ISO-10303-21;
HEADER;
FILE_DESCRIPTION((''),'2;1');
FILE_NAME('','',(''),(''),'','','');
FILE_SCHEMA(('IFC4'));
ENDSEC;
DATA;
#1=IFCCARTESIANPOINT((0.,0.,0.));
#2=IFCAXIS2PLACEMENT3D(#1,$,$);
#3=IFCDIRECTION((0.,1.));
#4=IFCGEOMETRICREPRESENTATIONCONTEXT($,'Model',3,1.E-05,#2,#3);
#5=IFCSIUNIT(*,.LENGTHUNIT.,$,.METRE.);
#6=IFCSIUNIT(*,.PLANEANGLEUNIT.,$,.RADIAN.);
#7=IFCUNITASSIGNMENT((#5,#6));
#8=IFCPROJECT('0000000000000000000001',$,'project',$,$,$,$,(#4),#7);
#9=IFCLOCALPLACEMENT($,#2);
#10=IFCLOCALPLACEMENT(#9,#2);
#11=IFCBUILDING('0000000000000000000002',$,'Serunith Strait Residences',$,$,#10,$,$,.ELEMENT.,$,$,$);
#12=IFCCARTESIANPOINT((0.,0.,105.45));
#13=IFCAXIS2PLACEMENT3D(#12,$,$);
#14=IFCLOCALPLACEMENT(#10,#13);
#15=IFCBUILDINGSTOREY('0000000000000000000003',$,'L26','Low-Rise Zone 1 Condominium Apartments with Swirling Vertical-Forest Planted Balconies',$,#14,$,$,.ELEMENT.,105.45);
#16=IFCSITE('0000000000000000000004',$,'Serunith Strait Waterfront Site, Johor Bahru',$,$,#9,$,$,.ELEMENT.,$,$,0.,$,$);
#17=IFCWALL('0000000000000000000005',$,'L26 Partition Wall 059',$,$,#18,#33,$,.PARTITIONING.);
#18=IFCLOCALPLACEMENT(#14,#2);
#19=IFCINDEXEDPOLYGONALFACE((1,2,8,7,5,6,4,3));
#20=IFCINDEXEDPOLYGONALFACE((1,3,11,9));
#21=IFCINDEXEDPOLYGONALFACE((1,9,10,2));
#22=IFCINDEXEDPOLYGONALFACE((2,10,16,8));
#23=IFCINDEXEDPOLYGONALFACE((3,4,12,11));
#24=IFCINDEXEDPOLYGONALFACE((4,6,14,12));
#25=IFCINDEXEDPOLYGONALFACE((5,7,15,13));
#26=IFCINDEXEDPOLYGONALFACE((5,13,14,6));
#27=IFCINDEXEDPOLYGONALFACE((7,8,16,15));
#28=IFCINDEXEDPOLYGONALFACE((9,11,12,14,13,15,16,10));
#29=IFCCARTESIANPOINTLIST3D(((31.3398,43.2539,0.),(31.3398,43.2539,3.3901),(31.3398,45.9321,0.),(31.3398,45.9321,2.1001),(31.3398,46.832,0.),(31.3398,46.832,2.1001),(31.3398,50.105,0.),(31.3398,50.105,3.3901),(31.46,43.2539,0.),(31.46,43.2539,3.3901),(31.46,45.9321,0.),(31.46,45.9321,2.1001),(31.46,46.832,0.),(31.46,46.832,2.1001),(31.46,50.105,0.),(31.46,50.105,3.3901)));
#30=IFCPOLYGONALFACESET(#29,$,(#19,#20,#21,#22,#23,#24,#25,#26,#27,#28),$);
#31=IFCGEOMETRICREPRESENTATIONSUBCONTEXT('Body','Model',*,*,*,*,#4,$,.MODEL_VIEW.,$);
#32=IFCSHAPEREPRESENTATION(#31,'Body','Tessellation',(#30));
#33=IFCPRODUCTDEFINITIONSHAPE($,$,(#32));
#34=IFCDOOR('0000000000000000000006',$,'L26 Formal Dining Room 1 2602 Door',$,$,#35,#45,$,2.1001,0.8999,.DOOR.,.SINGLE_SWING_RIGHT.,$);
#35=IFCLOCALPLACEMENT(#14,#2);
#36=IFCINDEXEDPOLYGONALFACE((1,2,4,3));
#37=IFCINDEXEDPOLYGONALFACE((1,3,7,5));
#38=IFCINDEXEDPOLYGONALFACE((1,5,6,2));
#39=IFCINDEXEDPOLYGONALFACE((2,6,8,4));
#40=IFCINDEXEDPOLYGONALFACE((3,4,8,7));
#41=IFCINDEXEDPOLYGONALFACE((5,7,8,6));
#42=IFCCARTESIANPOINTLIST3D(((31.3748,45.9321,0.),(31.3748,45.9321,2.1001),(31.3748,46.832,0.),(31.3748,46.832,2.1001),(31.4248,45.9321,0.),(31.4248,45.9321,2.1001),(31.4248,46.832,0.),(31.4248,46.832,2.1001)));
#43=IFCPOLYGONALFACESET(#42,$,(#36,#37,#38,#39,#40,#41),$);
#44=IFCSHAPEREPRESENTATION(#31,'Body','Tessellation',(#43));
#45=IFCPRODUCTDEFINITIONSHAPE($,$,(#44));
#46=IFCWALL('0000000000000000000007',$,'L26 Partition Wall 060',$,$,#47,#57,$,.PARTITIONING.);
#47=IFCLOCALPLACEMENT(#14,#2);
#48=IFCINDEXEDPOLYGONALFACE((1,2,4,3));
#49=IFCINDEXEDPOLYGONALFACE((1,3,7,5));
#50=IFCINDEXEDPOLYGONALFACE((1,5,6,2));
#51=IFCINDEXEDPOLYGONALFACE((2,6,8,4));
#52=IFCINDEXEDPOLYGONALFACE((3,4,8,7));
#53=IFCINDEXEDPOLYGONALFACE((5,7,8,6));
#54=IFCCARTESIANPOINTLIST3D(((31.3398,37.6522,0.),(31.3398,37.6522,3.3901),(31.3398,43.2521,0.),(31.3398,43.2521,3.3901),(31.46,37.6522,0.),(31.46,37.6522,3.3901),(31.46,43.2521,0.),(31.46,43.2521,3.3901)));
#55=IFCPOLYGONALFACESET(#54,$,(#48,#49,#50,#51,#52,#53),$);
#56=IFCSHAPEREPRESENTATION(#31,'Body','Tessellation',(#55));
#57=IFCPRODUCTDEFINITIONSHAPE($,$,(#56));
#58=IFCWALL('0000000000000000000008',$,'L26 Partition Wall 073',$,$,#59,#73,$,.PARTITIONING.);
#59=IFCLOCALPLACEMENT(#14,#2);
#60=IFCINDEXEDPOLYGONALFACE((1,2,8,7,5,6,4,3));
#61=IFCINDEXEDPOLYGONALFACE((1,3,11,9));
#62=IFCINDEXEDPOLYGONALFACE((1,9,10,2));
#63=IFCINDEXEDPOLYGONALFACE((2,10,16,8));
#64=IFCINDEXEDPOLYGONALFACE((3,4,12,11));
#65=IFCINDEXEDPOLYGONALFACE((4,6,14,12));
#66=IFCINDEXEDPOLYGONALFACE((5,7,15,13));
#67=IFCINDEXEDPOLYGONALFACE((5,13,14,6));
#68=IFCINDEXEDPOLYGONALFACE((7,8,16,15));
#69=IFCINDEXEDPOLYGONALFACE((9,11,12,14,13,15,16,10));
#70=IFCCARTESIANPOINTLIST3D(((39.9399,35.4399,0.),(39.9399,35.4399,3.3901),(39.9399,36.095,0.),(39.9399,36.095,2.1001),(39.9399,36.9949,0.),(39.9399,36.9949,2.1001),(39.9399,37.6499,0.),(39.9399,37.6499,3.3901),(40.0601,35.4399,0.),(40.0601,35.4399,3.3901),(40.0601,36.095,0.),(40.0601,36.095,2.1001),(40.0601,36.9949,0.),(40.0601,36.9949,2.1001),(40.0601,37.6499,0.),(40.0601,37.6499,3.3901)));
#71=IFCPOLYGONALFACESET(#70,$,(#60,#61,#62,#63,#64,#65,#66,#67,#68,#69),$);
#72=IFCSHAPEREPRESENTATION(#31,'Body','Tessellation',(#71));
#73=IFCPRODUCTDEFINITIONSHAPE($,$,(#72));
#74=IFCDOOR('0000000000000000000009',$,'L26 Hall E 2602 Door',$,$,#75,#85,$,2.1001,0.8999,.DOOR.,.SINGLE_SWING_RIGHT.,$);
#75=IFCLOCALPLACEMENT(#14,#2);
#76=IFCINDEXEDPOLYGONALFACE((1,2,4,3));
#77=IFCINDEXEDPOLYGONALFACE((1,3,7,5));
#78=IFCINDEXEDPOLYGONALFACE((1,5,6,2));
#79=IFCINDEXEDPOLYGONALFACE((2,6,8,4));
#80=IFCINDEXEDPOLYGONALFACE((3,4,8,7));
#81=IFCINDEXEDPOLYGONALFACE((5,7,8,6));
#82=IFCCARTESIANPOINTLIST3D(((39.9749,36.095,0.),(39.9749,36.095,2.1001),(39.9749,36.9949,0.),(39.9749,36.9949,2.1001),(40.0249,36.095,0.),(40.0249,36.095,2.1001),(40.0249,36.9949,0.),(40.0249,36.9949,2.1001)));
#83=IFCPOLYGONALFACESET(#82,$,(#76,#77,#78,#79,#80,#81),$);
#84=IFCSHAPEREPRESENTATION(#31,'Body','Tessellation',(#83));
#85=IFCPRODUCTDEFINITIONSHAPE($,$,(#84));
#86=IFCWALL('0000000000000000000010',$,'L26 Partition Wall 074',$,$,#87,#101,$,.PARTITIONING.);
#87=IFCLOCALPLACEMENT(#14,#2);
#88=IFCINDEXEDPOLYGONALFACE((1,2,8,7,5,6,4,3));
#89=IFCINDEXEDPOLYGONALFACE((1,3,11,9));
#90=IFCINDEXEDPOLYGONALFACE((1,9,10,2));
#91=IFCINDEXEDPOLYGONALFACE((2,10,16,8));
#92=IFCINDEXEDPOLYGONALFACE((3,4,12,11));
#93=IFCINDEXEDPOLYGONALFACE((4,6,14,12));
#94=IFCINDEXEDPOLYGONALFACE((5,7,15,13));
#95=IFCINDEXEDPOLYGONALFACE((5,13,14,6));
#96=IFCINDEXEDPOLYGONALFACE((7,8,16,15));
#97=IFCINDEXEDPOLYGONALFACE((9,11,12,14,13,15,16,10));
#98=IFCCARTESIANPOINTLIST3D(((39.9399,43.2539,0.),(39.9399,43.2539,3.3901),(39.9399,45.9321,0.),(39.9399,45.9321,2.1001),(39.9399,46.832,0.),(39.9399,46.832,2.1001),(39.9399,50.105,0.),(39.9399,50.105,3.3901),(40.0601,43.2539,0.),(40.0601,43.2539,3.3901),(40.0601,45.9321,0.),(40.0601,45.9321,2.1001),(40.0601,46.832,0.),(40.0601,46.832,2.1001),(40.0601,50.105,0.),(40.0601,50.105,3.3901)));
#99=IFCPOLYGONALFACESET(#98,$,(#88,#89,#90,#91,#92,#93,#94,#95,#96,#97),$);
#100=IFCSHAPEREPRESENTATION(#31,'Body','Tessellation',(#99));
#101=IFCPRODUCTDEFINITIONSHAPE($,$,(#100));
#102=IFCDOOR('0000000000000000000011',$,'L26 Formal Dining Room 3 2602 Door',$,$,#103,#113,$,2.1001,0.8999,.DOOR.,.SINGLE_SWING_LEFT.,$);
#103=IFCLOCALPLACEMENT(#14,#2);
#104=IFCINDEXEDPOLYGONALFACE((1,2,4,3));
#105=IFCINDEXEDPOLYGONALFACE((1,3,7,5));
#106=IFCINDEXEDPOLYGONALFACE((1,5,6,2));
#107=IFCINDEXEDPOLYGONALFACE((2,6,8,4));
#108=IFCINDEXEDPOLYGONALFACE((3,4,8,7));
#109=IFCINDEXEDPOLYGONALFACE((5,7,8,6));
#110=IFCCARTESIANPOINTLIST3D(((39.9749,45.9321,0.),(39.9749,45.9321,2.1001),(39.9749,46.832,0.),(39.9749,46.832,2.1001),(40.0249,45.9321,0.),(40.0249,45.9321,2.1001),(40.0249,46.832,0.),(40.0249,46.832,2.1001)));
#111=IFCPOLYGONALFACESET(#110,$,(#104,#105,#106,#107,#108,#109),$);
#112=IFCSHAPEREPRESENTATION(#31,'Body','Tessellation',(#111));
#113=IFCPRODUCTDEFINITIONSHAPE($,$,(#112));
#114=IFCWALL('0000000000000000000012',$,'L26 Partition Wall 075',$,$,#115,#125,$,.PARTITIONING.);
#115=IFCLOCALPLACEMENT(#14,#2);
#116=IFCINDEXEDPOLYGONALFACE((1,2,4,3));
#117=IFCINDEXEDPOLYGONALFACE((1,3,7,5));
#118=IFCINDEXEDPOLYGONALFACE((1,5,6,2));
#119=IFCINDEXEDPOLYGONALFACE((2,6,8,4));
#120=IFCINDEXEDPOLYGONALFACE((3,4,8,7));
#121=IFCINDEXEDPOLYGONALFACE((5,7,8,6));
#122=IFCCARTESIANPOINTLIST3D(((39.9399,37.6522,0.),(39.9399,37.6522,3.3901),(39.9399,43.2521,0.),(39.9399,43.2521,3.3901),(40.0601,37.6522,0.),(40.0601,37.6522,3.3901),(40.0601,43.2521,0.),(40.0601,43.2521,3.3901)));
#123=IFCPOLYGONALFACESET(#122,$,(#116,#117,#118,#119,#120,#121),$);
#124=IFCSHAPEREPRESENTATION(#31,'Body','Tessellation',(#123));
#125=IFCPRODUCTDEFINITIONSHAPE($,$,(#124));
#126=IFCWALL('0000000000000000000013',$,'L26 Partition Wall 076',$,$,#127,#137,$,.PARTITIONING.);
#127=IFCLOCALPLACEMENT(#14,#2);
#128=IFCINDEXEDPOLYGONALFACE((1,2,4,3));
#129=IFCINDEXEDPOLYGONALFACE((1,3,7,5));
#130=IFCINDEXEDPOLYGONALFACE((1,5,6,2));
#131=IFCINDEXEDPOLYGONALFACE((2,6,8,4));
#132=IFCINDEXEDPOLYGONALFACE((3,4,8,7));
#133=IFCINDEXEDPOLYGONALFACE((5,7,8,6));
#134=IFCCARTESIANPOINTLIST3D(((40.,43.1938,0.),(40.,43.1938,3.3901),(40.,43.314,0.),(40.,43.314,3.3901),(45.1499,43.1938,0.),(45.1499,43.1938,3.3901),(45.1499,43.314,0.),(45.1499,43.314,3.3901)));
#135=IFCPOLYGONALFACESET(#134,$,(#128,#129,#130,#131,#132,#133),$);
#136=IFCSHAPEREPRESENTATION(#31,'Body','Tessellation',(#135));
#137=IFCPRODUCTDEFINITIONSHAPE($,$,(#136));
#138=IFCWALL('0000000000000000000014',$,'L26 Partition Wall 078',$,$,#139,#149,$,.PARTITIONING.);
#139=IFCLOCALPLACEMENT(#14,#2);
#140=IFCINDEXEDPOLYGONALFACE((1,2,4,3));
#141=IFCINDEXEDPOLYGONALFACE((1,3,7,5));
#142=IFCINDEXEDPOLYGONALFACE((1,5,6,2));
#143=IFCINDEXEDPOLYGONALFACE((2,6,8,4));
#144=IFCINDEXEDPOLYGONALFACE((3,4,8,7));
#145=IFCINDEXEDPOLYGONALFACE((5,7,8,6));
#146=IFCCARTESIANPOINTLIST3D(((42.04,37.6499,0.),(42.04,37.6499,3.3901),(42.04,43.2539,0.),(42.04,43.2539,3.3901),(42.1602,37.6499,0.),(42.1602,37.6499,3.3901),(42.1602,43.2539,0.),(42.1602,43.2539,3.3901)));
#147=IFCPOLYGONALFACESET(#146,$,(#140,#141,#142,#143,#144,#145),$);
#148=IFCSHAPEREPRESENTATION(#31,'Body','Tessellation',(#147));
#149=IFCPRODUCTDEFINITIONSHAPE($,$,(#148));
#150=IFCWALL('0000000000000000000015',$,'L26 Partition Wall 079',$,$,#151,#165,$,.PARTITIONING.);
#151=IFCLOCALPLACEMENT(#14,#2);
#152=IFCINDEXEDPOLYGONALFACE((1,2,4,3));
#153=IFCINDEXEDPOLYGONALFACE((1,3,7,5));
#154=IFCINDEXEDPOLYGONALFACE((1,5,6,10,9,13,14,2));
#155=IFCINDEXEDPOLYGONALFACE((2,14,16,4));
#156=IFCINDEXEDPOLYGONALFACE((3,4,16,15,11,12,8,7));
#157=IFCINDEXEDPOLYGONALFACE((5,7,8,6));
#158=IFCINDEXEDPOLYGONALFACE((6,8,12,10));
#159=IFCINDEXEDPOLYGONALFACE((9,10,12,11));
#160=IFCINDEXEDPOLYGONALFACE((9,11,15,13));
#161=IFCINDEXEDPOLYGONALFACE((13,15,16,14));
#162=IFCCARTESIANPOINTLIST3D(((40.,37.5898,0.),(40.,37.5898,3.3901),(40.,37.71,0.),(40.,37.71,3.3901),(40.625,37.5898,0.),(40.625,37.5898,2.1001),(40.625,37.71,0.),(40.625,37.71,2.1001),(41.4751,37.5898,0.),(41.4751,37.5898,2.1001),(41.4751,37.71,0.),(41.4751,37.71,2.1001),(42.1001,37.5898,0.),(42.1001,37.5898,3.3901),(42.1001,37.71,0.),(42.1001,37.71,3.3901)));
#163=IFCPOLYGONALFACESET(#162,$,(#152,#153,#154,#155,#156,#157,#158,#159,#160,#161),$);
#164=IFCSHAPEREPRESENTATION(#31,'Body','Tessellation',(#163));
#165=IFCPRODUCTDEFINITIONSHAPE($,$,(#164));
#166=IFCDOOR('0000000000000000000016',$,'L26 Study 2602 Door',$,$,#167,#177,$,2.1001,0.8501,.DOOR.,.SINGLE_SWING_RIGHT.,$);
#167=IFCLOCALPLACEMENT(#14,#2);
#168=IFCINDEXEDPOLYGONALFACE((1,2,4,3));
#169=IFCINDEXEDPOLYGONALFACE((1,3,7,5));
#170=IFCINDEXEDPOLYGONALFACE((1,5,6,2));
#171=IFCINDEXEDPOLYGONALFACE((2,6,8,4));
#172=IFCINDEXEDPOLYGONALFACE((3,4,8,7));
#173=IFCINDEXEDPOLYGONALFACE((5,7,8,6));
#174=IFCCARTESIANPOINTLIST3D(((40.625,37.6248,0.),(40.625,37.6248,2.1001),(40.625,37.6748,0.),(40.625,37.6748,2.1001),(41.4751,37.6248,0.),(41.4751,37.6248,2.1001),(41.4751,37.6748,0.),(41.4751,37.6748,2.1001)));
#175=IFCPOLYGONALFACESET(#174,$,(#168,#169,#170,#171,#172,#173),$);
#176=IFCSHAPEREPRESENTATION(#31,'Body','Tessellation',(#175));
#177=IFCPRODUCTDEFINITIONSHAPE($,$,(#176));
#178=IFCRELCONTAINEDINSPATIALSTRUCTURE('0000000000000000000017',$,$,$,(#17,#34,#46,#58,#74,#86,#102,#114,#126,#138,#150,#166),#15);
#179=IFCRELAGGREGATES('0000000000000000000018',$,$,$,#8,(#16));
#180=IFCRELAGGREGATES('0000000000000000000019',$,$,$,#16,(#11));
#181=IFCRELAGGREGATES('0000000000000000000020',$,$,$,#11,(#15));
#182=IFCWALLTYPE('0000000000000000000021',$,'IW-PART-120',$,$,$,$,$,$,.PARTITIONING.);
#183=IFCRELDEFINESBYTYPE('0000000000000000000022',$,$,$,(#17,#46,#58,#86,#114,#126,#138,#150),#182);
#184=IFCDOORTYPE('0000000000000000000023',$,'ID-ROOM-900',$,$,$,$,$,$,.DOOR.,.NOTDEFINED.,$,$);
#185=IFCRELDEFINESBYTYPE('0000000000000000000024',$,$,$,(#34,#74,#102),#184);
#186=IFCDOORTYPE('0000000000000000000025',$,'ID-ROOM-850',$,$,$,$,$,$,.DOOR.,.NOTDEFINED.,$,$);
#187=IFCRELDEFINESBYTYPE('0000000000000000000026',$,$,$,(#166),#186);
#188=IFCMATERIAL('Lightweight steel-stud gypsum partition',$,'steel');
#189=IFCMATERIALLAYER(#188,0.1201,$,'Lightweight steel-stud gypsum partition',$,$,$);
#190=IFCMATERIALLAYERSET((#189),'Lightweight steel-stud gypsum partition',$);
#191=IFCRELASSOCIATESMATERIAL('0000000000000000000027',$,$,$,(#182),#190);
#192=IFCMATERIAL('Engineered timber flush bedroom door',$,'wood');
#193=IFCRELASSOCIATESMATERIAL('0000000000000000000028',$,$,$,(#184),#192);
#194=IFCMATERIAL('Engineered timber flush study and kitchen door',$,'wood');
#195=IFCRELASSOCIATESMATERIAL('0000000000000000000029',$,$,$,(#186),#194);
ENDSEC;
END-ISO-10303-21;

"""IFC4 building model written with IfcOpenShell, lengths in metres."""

from ifc_helpers import new_model, si_unit, direction, frame, frame_2d, origin, place, context, subcontext, project, spatial, rectangle, extrude, source, transform, mapped, material, layer, layer_set, type_object, element, fill, save


model = new_model("IFC4")

# Units and contexts
model_context = context("Model", 3, precision=1e-05, world=origin(), true_north=direction((0.0, 1.0)))
body_context = subcontext(model_context, "Body", "Model", "MODEL_VIEW")
ifc_project = project(units=[si_unit("LENGTHUNIT", "METRE"), si_unit("PLANEANGLEUNIT", "RADIAN")], contexts=[model_context])

# Site, building, storey
site_placement = place(None, origin())
site = spatial("IfcSite", under=ifc_project, at=site_placement, Name="Serunith Strait Waterfront Site, Johor Bahru", CompositionType="ELEMENT", RefElevation=0.0)
building_placement = place(site_placement, origin())
building = spatial("IfcBuilding", under=site, at=building_placement, Name="Serunith Strait Residences", CompositionType="ELEMENT")
storey_placement = place(building_placement, frame((0.0, 0.0, 105.45)))
storey = spatial("IfcBuildingStorey", under=building, at=storey_placement, Name="L26", Description="Low-Rise Zone 1 Condominium Apartments with Swirling Vertical-Forest Planted Balconies", CompositionType="ELEMENT", Elevation=105.45)

# Shared definitions
ifc_material_1 = material(Name="Lightweight steel-stud gypsum partition", Category="steel")
ifc_layer_1 = layer(ifc_material_1, 0.1201, Name="Lightweight steel-stud gypsum partition")
ifc_layer_set_1 = layer_set([ifc_layer_1], Name="Lightweight steel-stud gypsum partition")
wall_type_1 = type_object("IfcWallType", Name="IW-PART-120", PredefinedType="PARTITIONING", material=ifc_layer_set_1)

# Wall, opening, door
wall_1_placement = place(storey_placement, frame((31.3999, 50.105, 0.0), z_axis=(0.0, 0.0, 1.0), x_axis=(0.0, -1.0, 0.0)))
wall_1 = element("IfcWall", 1, at=wall_1_placement, inside=storey, type_object=wall_type_1, Name="L26 Partition Wall 059", PredefinedType="PARTITIONING", context=body_context, shape_type="SweptSolid", body=[
    extrude(rectangle(XDim=6.8511, YDim=0.1201, at=frame_2d((3.4255, 0.0))), origin(), (0.0, 0.0, 1.0), 3.3901),
])
opening_1_placement = place(wall_1_placement, frame((3.2729, 0.0, 0.0)))
opening_1 = element("IfcOpeningElement", 2, at=opening_1_placement, cuts=wall_1, PredefinedType="OPENING", context=body_context, shape_type="SweptSolid", body=[
    extrude(rectangle(XDim=0.8999, YDim=2.1001, at=frame_2d((0.45, 1.05))), frame((0.0, 0.0701, 0.0), z_axis=(0.0, -1.0, 0.0), x_axis=(1.0, 0.0, 0.0)), (0.0, 0.0, 1.0), 0.1401),
])
ifc_material_2 = material(Name="Engineered timber flush bedroom door", Category="wood")
door_type_1 = type_object("IfcDoorType", Name="ID-ROOM-900", OperationType="NOTDEFINED", PredefinedType="DOOR", material=ifc_material_2)
shared_shape_1 = source(origin(), body_context, "Body", "SweptSolid", [
    extrude(rectangle(XDim=0.8999, YDim=2.1001, at=frame_2d((0.45, 1.05))), frame((0.0, 0.0249, 0.0), z_axis=(0.0, -1.0, 0.0), x_axis=(1.0, 0.0, 0.0)), (0.0, 0.0, 1.0), 0.05),
])
door_1_placement = place(opening_1_placement, origin())
door_1 = element("IfcDoor", 3, at=door_1_placement, inside=storey, type_object=door_type_1, Name="L26 Formal Dining Room 1 2602 Door", OperationType="SINGLE_SWING_RIGHT", OverallHeight=2.1001, OverallWidth=0.8999, PredefinedType="DOOR", context=body_context, shape_type="MappedRepresentation", body=[
    mapped(shared_shape_1, transform((0.0, 0.0, 0.0), scale=1.0)),
])
fill(opening_1, door_1)

# Wall
wall_2_placement = place(storey_placement, frame((31.3999, 43.252, 0.0), z_axis=(0.0, 0.0, 1.0), x_axis=(0.0, -1.0, 0.0)))
element("IfcWall", 4, at=wall_2_placement, inside=storey, type_object=wall_type_1, Name="L26 Partition Wall 060", PredefinedType="PARTITIONING", context=body_context, shape_type="SweptSolid", body=[
    extrude(rectangle(XDim=5.5999, YDim=0.1201, at=frame_2d((2.7998, 0.0))), origin(), (0.0, 0.0, 1.0), 3.3901),
])

# Walls, openings, doors
wall_3_placement = place(storey_placement, frame((40.0, 37.6499, 0.0), z_axis=(0.0, 0.0, 1.0), x_axis=(0.0, -1.0, 0.0)))
wall_3 = element("IfcWall", 5, at=wall_3_placement, inside=storey, type_object=wall_type_1, Name="L26 Partition Wall 073", PredefinedType="PARTITIONING", context=body_context, shape_type="SweptSolid", body=[
    extrude(rectangle(XDim=2.21, YDim=0.1201, at=frame_2d((1.105, 0.0))), origin(), (0.0, 0.0, 1.0), 3.3901),
])
opening_2_placement = place(wall_3_placement, frame((0.655, 0.0, 0.0)))
opening_2 = element("IfcOpeningElement", 6, at=opening_2_placement, cuts=wall_3, PredefinedType="OPENING", context=body_context, shape_type="SweptSolid", body=[
    extrude(rectangle(XDim=0.8999, YDim=2.1001, at=frame_2d((0.45, 1.05))), frame((0.0, 0.0701, 0.0), z_axis=(0.0, -1.0, 0.0), x_axis=(1.0, 0.0, 0.0)), (0.0, 0.0, 1.0), 0.1401),
])
door_2_placement = place(opening_2_placement, origin())
door_2 = element("IfcDoor", 7, at=door_2_placement, inside=storey, type_object=door_type_1, Name="L26 Hall E 2602 Door", OperationType="SINGLE_SWING_RIGHT", OverallHeight=2.1001, OverallWidth=0.8999, PredefinedType="DOOR", context=body_context, shape_type="MappedRepresentation", body=[
    mapped(shared_shape_1, transform((0.0, 0.0, 0.0), scale=1.0)),
])
fill(opening_2, door_2)
wall_4_placement = place(storey_placement, frame((40.0, 50.105, 0.0), z_axis=(0.0, 0.0, 1.0), x_axis=(0.0, -1.0, 0.0)))
wall_4 = element("IfcWall", 8, at=wall_4_placement, inside=storey, type_object=wall_type_1, Name="L26 Partition Wall 074", PredefinedType="PARTITIONING", context=body_context, shape_type="SweptSolid", body=[
    extrude(rectangle(XDim=6.8511, YDim=0.1201, at=frame_2d((3.4255, 0.0))), origin(), (0.0, 0.0, 1.0), 3.3901),
])
opening_3_placement = place(wall_4_placement, frame((3.2729, 0.0, 0.0)))
opening_3 = element("IfcOpeningElement", 9, at=opening_3_placement, cuts=wall_4, PredefinedType="OPENING", context=body_context, shape_type="SweptSolid", body=[
    extrude(rectangle(XDim=0.8999, YDim=2.1001, at=frame_2d((0.45, 1.05))), frame((0.0, 0.0701, 0.0), z_axis=(0.0, -1.0, 0.0), x_axis=(1.0, 0.0, 0.0)), (0.0, 0.0, 1.0), 0.1401),
])
door_3_placement = place(opening_3_placement, origin())
door_3 = element("IfcDoor", 10, at=door_3_placement, inside=storey, type_object=door_type_1, Name="L26 Formal Dining Room 3 2602 Door", OperationType="SINGLE_SWING_LEFT", OverallHeight=2.1001, OverallWidth=0.8999, PredefinedType="DOOR", context=body_context, shape_type="MappedRepresentation", body=[
    mapped(shared_shape_1, transform((0.0, 0.0, 0.0), scale=1.0)),
])
fill(opening_3, door_3)

# Walls
wall_5_placement = place(storey_placement, frame((40.0, 43.252, 0.0), z_axis=(0.0, 0.0, 1.0), x_axis=(0.0, -1.0, 0.0)))
element("IfcWall", 11, at=wall_5_placement, inside=storey, type_object=wall_type_1, Name="L26 Partition Wall 075", PredefinedType="PARTITIONING", context=body_context, shape_type="SweptSolid", body=[
    extrude(rectangle(XDim=5.5999, YDim=0.1201, at=frame_2d((2.7998, 0.0))), origin(), (0.0, 0.0, 1.0), 3.3901),
])
wall_6_placement = place(storey_placement, frame((40.0, 43.2539, 0.0), z_axis=(0.0, 0.0, 1.0), x_axis=(1.0, 0.0, 0.0)))
element("IfcWall", 12, at=wall_6_placement, inside=storey, type_object=wall_type_1, Name="L26 Partition Wall 076", PredefinedType="PARTITIONING", context=body_context, shape_type="SweptSolid", body=[
    extrude(rectangle(XDim=5.1499, YDim=0.1201, at=frame_2d((2.575, 0.0))), origin(), (0.0, 0.0, 1.0), 3.3901),
])
wall_7_placement = place(storey_placement, frame((42.1001, 43.2539, 0.0), z_axis=(0.0, 0.0, 1.0), x_axis=(0.0, -1.0, 0.0)))
element("IfcWall", 13, at=wall_7_placement, inside=storey, type_object=wall_type_1, Name="L26 Partition Wall 078", PredefinedType="PARTITIONING", context=body_context, shape_type="SweptSolid", body=[
    extrude(rectangle(XDim=5.604, YDim=0.1201, at=frame_2d((2.802, 0.0))), origin(), (0.0, 0.0, 1.0), 3.3901),
])

# Wall, opening, door
wall_8_placement = place(storey_placement, frame((40.0, 37.6499, 0.0), z_axis=(0.0, 0.0, 1.0), x_axis=(1.0, 0.0, 0.0)))
wall_8 = element("IfcWall", 14, at=wall_8_placement, inside=storey, type_object=wall_type_1, Name="L26 Partition Wall 079", PredefinedType="PARTITIONING", context=body_context, shape_type="SweptSolid", body=[
    extrude(rectangle(XDim=2.1001, YDim=0.1201, at=frame_2d((1.05, 0.0))), origin(), (0.0, 0.0, 1.0), 3.3901),
])
opening_4_placement = place(wall_8_placement, frame((0.625, 0.0, 0.0)))
opening_4 = element("IfcOpeningElement", 15, at=opening_4_placement, cuts=wall_8, PredefinedType="OPENING", context=body_context, shape_type="SweptSolid", body=[
    extrude(rectangle(XDim=0.8501, YDim=2.1001, at=frame_2d((0.425, 1.05))), frame((0.0, 0.0701, 0.0), z_axis=(0.0, -1.0, 0.0), x_axis=(1.0, 0.0, 0.0)), (0.0, 0.0, 1.0), 0.1401),
])
ifc_material_3 = material(Name="Engineered timber flush study and kitchen door", Category="wood")
door_type_2 = type_object("IfcDoorType", Name="ID-ROOM-850", OperationType="NOTDEFINED", PredefinedType="DOOR", material=ifc_material_3)
shared_shape_2 = source(origin(), body_context, "Body", "SweptSolid", [
    extrude(rectangle(XDim=0.8501, YDim=2.1001, at=frame_2d((0.425, 1.05))), frame((0.0, 0.0249, 0.0), z_axis=(0.0, -1.0, 0.0), x_axis=(1.0, 0.0, 0.0)), (0.0, 0.0, 1.0), 0.05),
])
door_4_placement = place(opening_4_placement, origin())
door_4 = element("IfcDoor", 16, at=door_4_placement, inside=storey, type_object=door_type_2, Name="L26 Study 2602 Door", OperationType="SINGLE_SWING_RIGHT", OverallHeight=2.1001, OverallWidth=0.8501, PredefinedType="DOOR", context=body_context, shape_type="MappedRepresentation", body=[
    mapped(shared_shape_2, transform((0.0, 0.0, 0.0), scale=1.0)),
])
fill(opening_4, door_4)

save(model, "model.ifc")
